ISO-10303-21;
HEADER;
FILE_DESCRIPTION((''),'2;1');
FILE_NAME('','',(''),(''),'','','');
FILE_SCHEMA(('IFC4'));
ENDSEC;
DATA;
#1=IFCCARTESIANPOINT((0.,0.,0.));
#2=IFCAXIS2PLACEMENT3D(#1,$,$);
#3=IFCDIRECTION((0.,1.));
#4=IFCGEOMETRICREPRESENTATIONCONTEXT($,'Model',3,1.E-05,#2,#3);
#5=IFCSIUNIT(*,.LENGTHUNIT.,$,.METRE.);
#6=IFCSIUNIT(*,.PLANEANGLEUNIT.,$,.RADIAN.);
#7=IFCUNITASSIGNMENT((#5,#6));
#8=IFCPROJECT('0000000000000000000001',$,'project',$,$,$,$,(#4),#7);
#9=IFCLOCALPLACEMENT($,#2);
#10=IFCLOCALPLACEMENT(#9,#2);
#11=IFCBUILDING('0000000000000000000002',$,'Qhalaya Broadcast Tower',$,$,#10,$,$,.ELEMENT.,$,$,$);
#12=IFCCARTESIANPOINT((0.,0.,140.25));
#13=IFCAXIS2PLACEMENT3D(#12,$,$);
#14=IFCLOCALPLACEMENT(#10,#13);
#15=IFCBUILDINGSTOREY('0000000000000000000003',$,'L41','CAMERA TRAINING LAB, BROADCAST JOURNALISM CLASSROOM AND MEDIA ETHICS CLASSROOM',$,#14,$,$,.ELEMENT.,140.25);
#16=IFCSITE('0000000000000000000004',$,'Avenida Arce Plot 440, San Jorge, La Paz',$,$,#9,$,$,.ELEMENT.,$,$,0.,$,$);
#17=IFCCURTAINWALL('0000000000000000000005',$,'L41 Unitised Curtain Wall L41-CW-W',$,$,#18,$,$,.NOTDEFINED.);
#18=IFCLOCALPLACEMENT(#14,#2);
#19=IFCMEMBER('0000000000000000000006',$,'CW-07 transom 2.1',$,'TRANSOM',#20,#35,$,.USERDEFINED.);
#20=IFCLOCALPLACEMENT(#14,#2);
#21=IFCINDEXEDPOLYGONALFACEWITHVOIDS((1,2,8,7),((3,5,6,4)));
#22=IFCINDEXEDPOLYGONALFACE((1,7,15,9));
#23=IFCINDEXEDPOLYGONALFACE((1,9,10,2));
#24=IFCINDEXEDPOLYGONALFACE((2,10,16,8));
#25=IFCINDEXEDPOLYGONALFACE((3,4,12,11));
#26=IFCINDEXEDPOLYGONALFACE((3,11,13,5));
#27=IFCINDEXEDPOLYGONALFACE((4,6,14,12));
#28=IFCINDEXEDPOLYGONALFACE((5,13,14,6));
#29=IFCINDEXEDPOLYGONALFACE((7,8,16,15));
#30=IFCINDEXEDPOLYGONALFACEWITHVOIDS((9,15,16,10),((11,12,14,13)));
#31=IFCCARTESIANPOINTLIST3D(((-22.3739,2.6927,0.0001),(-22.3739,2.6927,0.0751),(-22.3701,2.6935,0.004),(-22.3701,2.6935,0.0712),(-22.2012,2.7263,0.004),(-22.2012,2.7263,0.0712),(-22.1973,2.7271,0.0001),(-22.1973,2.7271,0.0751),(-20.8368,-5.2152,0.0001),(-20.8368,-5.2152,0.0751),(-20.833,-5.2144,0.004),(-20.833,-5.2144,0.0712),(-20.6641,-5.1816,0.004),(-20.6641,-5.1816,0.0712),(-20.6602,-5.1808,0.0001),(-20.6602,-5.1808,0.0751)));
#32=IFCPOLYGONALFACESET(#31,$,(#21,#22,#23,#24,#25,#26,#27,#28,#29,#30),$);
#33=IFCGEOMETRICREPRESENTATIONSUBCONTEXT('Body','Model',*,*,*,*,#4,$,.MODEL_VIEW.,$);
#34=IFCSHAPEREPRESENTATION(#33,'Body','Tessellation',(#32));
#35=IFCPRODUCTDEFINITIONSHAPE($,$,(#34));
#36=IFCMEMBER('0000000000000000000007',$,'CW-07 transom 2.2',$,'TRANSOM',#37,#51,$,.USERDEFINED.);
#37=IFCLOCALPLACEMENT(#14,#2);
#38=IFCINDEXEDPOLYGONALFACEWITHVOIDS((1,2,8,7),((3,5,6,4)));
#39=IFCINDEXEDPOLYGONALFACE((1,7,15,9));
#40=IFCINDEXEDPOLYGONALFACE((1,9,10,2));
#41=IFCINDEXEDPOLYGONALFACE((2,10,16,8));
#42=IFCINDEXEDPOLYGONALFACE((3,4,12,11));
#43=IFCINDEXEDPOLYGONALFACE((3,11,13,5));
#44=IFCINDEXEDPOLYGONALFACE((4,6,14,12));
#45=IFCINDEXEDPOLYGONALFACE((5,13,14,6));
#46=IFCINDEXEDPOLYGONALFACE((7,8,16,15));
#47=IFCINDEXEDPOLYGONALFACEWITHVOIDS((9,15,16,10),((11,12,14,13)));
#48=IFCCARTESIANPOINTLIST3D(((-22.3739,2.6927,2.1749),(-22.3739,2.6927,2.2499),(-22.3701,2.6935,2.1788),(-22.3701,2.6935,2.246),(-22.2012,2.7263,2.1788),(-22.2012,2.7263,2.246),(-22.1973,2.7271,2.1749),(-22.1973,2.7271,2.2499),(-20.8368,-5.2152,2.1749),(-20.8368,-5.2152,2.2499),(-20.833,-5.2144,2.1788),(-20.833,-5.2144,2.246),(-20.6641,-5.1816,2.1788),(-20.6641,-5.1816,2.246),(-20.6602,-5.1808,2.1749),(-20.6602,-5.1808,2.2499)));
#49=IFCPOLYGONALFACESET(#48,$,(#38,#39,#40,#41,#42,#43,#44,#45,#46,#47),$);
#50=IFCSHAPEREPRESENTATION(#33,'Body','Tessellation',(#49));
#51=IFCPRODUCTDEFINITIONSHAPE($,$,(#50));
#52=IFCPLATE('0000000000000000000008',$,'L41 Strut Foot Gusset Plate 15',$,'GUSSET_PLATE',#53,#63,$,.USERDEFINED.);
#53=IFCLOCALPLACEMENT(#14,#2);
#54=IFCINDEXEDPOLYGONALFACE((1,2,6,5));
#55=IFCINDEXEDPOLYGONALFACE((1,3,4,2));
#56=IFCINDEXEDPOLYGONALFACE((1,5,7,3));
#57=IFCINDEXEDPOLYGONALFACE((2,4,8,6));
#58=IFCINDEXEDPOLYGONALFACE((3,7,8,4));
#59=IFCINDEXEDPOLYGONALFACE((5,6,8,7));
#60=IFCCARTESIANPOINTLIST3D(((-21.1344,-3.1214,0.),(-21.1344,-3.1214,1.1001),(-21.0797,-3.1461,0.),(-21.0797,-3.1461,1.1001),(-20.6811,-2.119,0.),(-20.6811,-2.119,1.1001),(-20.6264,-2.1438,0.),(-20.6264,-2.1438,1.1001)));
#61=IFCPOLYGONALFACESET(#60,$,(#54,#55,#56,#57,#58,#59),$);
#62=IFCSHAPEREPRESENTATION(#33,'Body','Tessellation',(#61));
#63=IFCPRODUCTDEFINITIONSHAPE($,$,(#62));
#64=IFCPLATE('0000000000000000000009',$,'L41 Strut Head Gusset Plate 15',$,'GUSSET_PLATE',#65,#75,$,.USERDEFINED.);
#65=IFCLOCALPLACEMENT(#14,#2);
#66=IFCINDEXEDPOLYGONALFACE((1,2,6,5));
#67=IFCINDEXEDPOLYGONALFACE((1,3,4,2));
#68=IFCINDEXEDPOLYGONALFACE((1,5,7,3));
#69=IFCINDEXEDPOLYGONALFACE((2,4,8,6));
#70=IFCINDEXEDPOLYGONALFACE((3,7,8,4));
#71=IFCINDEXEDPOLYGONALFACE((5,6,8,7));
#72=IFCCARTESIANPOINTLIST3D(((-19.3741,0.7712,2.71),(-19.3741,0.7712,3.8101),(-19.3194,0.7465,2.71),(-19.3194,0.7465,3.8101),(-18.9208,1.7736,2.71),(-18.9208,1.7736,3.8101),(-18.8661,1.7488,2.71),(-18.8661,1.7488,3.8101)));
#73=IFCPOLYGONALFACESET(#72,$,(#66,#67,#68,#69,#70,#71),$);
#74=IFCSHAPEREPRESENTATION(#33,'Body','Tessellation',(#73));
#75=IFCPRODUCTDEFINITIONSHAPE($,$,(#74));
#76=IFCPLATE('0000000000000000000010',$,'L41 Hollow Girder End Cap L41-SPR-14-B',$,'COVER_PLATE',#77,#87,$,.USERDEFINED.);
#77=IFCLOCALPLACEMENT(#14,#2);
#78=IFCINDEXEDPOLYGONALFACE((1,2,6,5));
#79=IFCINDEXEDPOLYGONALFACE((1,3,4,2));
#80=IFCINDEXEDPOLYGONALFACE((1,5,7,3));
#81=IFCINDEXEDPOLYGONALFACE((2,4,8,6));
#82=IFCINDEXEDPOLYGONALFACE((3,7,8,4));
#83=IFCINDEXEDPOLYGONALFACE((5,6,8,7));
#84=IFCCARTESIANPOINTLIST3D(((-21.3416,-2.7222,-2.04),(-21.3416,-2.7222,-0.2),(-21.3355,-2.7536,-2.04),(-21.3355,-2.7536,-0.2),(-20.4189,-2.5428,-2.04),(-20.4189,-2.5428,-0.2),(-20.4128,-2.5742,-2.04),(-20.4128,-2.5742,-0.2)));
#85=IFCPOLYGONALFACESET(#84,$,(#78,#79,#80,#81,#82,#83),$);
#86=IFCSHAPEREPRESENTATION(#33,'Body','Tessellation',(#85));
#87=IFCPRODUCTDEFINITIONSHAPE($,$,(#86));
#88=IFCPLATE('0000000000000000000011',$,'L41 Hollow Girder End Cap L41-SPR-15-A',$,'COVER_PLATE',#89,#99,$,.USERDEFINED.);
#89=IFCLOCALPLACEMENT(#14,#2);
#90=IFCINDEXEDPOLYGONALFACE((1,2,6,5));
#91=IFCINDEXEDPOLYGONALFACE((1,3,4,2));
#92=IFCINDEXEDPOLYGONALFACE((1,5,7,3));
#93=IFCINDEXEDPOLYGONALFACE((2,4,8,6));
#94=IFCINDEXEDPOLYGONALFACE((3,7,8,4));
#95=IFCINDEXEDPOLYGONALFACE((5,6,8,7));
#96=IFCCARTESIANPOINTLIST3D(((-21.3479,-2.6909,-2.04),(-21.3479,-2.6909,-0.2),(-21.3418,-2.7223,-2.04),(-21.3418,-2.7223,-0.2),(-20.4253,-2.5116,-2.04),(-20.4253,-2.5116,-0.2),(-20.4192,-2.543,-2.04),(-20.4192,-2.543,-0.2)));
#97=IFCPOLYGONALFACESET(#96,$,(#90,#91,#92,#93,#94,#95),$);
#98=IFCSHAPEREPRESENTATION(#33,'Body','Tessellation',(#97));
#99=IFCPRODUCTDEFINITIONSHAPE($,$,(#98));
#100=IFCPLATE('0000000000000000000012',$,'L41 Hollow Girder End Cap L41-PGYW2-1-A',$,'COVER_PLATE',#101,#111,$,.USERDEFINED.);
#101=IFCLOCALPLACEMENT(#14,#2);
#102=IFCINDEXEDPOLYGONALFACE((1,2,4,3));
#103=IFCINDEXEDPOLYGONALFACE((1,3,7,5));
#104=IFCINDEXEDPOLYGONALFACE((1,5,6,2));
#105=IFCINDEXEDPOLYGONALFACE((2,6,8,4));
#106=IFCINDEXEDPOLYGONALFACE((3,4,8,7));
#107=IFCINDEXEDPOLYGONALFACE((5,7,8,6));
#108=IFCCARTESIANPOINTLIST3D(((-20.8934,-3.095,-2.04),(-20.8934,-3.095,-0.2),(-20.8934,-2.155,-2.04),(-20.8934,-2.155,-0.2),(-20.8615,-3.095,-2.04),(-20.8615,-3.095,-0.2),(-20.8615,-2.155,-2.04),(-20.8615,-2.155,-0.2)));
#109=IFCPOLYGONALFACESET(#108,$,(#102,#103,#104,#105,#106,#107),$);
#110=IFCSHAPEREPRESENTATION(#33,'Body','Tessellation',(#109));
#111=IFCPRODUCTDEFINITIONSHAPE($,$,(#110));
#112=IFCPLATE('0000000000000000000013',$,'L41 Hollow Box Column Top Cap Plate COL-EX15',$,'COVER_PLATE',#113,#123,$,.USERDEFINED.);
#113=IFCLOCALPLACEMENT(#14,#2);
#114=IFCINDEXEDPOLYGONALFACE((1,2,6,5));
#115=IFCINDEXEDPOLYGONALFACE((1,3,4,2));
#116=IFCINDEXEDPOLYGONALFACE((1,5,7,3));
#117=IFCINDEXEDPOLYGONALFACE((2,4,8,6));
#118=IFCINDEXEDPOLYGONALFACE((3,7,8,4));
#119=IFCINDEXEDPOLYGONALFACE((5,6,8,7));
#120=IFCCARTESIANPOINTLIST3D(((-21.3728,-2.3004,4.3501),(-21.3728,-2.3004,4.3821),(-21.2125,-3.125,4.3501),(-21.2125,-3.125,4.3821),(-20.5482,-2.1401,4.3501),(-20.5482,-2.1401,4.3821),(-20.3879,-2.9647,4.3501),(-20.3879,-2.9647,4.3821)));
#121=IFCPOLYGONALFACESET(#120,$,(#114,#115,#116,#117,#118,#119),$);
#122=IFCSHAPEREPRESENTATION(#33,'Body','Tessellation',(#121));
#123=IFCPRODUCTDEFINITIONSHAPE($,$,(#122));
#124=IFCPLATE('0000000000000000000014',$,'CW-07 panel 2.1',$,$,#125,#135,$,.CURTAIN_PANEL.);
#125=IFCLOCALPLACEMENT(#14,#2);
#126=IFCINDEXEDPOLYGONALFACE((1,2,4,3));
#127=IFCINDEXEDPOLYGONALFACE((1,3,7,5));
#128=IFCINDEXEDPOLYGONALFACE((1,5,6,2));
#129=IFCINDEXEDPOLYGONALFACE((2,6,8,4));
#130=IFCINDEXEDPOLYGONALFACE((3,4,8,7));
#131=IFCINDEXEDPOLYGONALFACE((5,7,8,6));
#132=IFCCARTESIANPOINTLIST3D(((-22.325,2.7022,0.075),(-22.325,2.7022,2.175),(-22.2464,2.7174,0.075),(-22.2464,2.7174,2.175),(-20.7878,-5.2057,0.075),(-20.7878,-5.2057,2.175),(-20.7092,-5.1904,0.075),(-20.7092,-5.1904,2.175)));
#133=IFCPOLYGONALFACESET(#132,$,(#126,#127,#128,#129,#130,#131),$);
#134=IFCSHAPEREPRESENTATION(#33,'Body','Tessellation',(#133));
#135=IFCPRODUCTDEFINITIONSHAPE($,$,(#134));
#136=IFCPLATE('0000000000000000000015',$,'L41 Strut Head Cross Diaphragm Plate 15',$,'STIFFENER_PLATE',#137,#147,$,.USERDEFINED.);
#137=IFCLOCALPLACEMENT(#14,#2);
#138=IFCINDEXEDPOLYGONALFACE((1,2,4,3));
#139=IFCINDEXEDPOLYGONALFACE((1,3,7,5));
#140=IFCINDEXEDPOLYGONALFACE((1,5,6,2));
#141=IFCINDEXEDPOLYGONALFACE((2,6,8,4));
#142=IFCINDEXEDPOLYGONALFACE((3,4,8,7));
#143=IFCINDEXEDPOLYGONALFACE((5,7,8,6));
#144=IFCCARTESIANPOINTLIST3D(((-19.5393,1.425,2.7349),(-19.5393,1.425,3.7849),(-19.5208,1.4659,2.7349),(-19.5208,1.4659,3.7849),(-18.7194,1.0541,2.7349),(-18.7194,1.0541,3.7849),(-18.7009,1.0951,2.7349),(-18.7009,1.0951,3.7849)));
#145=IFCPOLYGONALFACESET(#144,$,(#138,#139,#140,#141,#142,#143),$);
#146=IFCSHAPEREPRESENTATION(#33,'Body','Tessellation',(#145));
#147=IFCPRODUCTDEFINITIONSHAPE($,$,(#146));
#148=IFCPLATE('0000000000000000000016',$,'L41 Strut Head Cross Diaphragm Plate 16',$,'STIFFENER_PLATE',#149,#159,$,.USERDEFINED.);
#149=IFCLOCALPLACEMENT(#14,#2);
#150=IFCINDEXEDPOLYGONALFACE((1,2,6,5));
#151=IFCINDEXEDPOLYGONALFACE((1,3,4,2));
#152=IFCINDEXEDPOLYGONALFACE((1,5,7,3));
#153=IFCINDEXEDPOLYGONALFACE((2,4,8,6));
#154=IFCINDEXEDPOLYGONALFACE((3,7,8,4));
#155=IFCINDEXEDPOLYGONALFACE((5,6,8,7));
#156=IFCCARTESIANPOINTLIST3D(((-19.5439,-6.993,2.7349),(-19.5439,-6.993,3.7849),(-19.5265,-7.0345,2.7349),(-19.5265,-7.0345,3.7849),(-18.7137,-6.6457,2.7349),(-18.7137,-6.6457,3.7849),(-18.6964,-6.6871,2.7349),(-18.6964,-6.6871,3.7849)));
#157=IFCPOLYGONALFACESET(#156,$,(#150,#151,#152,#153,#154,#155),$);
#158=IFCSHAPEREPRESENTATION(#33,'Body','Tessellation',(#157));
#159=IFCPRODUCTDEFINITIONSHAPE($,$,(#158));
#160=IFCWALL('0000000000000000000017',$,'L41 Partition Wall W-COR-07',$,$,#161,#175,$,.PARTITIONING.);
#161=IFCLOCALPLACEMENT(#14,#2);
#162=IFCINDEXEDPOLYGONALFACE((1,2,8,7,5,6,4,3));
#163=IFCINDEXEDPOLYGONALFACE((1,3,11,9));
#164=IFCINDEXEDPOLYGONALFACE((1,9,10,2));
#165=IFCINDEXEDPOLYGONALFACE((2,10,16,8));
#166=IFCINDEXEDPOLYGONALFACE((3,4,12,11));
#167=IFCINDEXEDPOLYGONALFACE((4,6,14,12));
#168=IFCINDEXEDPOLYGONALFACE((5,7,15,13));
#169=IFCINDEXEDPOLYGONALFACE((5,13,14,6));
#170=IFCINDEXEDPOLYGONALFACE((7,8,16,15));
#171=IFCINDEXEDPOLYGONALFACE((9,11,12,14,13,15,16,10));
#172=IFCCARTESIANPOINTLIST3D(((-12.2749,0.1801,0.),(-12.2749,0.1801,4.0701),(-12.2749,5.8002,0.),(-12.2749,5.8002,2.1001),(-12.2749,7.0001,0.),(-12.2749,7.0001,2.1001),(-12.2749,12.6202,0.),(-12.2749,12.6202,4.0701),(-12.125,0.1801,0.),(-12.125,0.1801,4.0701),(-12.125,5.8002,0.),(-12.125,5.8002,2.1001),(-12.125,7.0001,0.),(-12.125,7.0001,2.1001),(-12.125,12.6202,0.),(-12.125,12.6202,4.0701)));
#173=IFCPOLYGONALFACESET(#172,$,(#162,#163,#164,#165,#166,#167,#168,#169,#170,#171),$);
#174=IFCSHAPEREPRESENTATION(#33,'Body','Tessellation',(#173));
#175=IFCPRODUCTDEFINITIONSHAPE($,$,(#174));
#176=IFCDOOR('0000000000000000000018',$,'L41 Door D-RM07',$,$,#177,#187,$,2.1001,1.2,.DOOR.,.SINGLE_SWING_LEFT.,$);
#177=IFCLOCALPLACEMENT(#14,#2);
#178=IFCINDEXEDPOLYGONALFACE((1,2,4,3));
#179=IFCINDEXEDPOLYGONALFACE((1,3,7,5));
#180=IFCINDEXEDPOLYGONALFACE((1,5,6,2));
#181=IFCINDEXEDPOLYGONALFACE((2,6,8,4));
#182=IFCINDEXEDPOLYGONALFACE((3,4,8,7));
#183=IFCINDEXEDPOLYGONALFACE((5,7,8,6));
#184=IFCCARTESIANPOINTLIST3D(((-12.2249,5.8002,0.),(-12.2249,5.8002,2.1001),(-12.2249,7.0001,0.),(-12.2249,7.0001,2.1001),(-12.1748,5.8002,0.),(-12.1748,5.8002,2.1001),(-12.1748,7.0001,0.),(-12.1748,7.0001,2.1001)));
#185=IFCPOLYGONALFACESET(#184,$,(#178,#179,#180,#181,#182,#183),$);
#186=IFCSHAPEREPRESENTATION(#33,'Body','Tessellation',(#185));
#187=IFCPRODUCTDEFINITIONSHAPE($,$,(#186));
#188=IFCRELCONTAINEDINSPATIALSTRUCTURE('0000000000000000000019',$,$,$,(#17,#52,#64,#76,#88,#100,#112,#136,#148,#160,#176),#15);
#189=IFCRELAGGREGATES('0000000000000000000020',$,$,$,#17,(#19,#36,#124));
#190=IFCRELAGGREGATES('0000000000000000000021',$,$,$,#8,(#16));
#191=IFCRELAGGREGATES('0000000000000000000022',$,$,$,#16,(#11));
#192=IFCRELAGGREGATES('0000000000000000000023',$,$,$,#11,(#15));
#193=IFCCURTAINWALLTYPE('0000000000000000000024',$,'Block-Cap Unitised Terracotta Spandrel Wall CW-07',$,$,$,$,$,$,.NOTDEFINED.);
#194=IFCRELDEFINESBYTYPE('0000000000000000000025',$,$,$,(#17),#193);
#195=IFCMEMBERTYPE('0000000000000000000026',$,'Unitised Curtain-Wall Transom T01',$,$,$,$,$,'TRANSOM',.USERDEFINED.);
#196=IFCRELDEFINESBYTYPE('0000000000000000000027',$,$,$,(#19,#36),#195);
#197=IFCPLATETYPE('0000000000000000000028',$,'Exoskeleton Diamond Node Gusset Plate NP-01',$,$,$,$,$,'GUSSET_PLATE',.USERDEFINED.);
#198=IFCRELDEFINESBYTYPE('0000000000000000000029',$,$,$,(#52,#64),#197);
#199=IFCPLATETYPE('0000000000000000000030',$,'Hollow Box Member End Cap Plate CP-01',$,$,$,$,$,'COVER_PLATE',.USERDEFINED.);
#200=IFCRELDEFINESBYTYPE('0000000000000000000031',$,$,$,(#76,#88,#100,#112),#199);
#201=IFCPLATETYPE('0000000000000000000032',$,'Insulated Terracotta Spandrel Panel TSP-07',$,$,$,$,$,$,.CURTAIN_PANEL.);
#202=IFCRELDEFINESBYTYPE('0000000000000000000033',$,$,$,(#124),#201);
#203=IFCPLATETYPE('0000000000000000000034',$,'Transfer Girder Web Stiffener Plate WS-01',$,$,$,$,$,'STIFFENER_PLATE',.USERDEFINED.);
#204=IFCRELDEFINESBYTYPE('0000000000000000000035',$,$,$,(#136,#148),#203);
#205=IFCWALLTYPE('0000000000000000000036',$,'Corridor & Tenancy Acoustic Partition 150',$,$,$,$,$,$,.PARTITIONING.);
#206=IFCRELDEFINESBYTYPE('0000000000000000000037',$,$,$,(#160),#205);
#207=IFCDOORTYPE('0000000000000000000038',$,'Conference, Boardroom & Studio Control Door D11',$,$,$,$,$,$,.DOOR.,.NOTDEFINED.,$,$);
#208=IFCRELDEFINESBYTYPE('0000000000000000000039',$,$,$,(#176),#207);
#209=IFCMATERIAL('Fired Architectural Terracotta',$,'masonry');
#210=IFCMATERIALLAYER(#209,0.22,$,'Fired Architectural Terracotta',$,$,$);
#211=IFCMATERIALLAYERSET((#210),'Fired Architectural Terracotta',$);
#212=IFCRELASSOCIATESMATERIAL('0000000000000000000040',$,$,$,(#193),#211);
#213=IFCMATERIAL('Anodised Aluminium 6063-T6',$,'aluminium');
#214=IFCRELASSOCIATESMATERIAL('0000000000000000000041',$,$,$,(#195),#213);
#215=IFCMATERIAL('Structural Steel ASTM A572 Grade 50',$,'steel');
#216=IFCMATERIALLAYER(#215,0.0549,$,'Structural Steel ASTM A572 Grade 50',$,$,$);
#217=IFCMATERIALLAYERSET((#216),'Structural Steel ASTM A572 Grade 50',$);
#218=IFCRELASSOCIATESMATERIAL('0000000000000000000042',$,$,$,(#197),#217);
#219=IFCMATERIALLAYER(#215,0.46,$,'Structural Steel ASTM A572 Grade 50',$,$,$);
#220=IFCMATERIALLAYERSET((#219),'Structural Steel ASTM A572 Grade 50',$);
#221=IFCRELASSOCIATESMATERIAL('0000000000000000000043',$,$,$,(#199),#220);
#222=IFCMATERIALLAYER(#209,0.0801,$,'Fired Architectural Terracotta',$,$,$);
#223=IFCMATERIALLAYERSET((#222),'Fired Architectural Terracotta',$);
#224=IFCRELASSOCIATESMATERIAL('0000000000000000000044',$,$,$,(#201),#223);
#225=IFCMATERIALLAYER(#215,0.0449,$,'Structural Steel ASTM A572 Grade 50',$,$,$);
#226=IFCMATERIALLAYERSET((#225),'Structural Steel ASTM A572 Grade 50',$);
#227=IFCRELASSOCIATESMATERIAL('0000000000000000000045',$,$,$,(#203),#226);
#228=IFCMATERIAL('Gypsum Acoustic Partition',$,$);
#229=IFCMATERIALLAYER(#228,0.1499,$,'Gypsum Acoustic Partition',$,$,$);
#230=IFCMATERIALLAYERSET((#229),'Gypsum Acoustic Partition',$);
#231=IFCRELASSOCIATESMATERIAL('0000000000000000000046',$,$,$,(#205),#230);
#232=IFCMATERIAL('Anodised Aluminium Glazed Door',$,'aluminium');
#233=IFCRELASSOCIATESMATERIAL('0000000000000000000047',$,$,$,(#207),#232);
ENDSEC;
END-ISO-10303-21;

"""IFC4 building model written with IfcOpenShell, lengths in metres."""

from ifc_helpers import new_model, si_unit, direction, frame, frame_2d, origin, origin_2d, place, context, subcontext, project, spatial, rectangle, hollow_rectangle, extrude, material, layer, layer_set, material_profile, profile_set, type_object, element, fill, aggregate, save


model = new_model("IFC4")

# Units and contexts
model_context = context("Model", 3, precision=1e-05, world=origin(), true_north=direction((0.0, 1.0)))
body_context = subcontext(model_context, "Body", "Model", "MODEL_VIEW")
ifc_project = project(units=[si_unit("LENGTHUNIT", "METRE"), si_unit("PLANEANGLEUNIT", "RADIAN")], contexts=[model_context])

# Site, building, storey
site_placement = place(None, origin())
site = spatial("IfcSite", under=ifc_project, at=site_placement, Name="Avenida Arce Plot 440, San Jorge, La Paz", CompositionType="ELEMENT", RefElevation=0.0)
building_placement = place(site_placement, origin())
building = spatial("IfcBuilding", under=site, at=building_placement, Name="Qhalaya Broadcast Tower", CompositionType="ELEMENT")
storey_placement = place(building_placement, frame((0.0, 0.0, 140.25)))
storey = spatial("IfcBuildingStorey", under=building, at=storey_placement, Name="L41", Description="CAMERA TRAINING LAB, BROADCAST JOURNALISM CLASSROOM AND MEDIA ETHICS CLASSROOM", CompositionType="ELEMENT", Elevation=140.25)

# Shared definitions
ifc_material_1 = material(Name="Structural Steel ASTM A572 Grade 50", Category="steel")

# Curtain wall, members
ifc_material_2 = material(Name="Fired Architectural Terracotta", Category="masonry")
ifc_layer_1 = layer(ifc_material_2, 0.22, Name="Fired Architectural Terracotta")
ifc_layer_set_1 = layer_set([ifc_layer_1], Name="Fired Architectural Terracotta")
curtain_wall_type = type_object("IfcCurtainWallType", Name="Block-Cap Unitised Terracotta Spandrel Wall CW-07", PredefinedType="NOTDEFINED", material=ifc_layer_set_1)
curtain_wall_placement = place(storey_placement, origin())
curtain_wall = element("IfcCurtainWall", 1, at=curtain_wall_placement, inside=storey, type_object=curtain_wall_type, Name="L41 Unitised Curtain Wall L41-CW-W", PredefinedType="NOTDEFINED")
ifc_material_3 = material(Name="Anodised Aluminium 6063-T6", Category="aluminium")
ifc_material_profile_1 = material_profile(ifc_material_3, hollow_rectangle(XDim=0.075, YDim=0.1799, WallThickness=0.0039, at=origin_2d()), Name="ALU-TRN 75x180x4")
ifc_profile_set_1 = profile_set([ifc_material_profile_1], Name="Anodised Aluminium 6063-T6")
member_type_1 = type_object("IfcMemberType", Name="Unitised Curtain-Wall Transom T01", ElementType="TRANSOM", PredefinedType="USERDEFINED", material=ifc_profile_set_1)
member_1_placement = place(storey_placement, frame((-20.7485, -5.198, 0.0376), z_axis=(-0.190804, 0.981628, 0.0), x_axis=(0.0, 0.0, 1.0)))
member_1 = element("IfcMember", 2, at=member_1_placement, type_object=member_type_1, Name="CW-07 transom 2.1", ObjectType="TRANSOM", PredefinedType="USERDEFINED", context=body_context, shape_type="SweptSolid", body=[
    extrude(hollow_rectangle(XDim=0.075, YDim=0.1799, WallThickness=0.0039, at=origin_2d()), origin(), (0.0, 0.0, 1.0), 8.0559),
])
member_2_placement = place(storey_placement, frame((-20.7485, -5.198, 2.2124), z_axis=(-0.190804, 0.981628, 0.0), x_axis=(0.0, 0.0, 1.0)))
member_2 = element("IfcMember", 3, at=member_2_placement, type_object=member_type_1, Name="CW-07 transom 2.2", ObjectType="TRANSOM", PredefinedType="USERDEFINED", context=body_context, shape_type="SweptSolid", body=[
    extrude(hollow_rectangle(XDim=0.075, YDim=0.1799, WallThickness=0.0039, at=origin_2d()), origin(), (0.0, 0.0, 1.0), 8.0559),
])

# Plates
ifc_layer_2 = layer(ifc_material_1, 0.0549, Name="Structural Steel ASTM A572 Grade 50")
ifc_layer_set_2 = layer_set([ifc_layer_2], Name="Structural Steel ASTM A572 Grade 50")
plate_type_1 = type_object("IfcPlateType", Name="Exoskeleton Diamond Node Gusset Plate NP-01", ElementType="GUSSET_PLATE", PredefinedType="USERDEFINED", material=ifc_layer_set_2)
for number, where, z_axis, x_axis, name in (
    (4, (-20.8804, -2.6326, 0.0), (0.0, 0.0, 1.0), (0.412071, 0.911152, 0.0), "L41 Strut Foot Gusset Plate 15"),
    (5, (-19.1201, 1.26, 2.71), (0.0, 0.0, 1.0), (0.412071, 0.911152, 0.0), "L41 Strut Head Gusset Plate 15"),
):
    element("IfcPlate", number, at=place(storey_placement, frame(where, z_axis=z_axis, x_axis=x_axis)), inside=storey, type_object=plate_type_1, Name=name, ObjectType="GUSSET_PLATE", PredefinedType="USERDEFINED", context=body_context, shape_type="SweptSolid", body=[
        extrude(rectangle(XDim=1.1001, YDim=0.0601, at=origin_2d()), origin(), (0.0, 0.0, 1.0), 1.1001),
    ])
ifc_layer_3 = layer(ifc_material_1, 0.46, Name="Structural Steel ASTM A572 Grade 50")
ifc_layer_set_3 = layer_set([ifc_layer_3], Name="Structural Steel ASTM A572 Grade 50")
plate_type_2 = type_object("IfcPlateType", Name="Hollow Box Member End Cap Plate CP-01", ElementType="COVER_PLATE", PredefinedType="USERDEFINED", material=ifc_layer_set_3)
for number, where, z_axis, x_axis, name in (
    (6, (-20.8772, -2.6482, -2.04), (0.0, 0.0, 1.0), (0.981627, 0.190809, 0.0), "L41 Hollow Girder End Cap L41-SPR-14-B"),
    (7, (-20.8835, -2.6169, -2.04), (0.0, 0.0, 1.0), (0.981627, 0.190809, 0.0), "L41 Hollow Girder End Cap L41-SPR-15-A"),
    (8, (-20.8774, -2.625, -2.04), (0.0, 0.0, 1.0), (0.0, 1.0, 0.0), "L41 Hollow Girder End Cap L41-PGYW2-1-A"),
):
    element("IfcPlate", number, at=place(storey_placement, frame(where, z_axis=z_axis, x_axis=x_axis)), inside=storey, type_object=plate_type_2, Name=name, ObjectType="COVER_PLATE", PredefinedType="USERDEFINED", context=body_context, shape_type="SweptSolid", body=[
        extrude(rectangle(XDim=0.9399, YDim=0.032, at=origin_2d()), origin(), (0.0, 0.0, 1.0), 1.8401),
    ])
plate_1_placement = place(storey_placement, frame((-20.8804, -2.6326, 4.3501), z_axis=(0.0, 0.0, 1.0), x_axis=(-0.190809, 0.981627, 0.0)))
element("IfcPlate", 9, at=plate_1_placement, inside=storey, type_object=plate_type_2, Name="L41 Hollow Box Column Top Cap Plate COL-EX15", ObjectType="COVER_PLATE", PredefinedType="USERDEFINED", context=body_context, shape_type="SweptSolid", body=[
    extrude(rectangle(XDim=0.8401, YDim=0.8401, at=origin_2d()), origin(), (0.0, 0.0, 1.0), 0.032),
])

# Plate
ifc_layer_4 = layer(ifc_material_2, 0.0801, Name="Fired Architectural Terracotta")
ifc_layer_set_4 = layer_set([ifc_layer_4], Name="Fired Architectural Terracotta")
plate_type_3 = type_object("IfcPlateType", Name="Insulated Terracotta Spandrel Panel TSP-07", PredefinedType="CURTAIN_PANEL", material=ifc_layer_set_4)
plate_2_placement = place(storey_placement, frame((-21.5171, -1.2441, 0.075), z_axis=(0.0, 0.0, 1.0), x_axis=(-0.19081, 0.981627, 0.0)))
plate_2 = element("IfcPlate", 10, at=plate_2_placement, type_object=plate_type_3, Name="CW-07 panel 2.1", PredefinedType="CURTAIN_PANEL", context=body_context, shape_type="SweptSolid", body=[
    extrude(rectangle(XDim=8.0559, YDim=0.0801, at=origin_2d()), origin(), (0.0, 0.0, 1.0), 2.1001),
])
aggregate(curtain_wall, [member_1, member_2, plate_2])

# Plates
ifc_layer_5 = layer(ifc_material_1, 0.0449, Name="Structural Steel ASTM A572 Grade 50")
ifc_layer_set_5 = layer_set([ifc_layer_5], Name="Structural Steel ASTM A572 Grade 50")
plate_type_4 = type_object("IfcPlateType", Name="Transfer Girder Web Stiffener Plate WS-01", ElementType="STIFFENER_PLATE", PredefinedType="USERDEFINED", material=ifc_layer_set_5)
for number, where, z_axis, x_axis, name in (
    (11, (-19.1201, 1.26, 2.7349), (0.0, 0.0, 1.0), (-0.911152, 0.412071, 0.0), "L41 Strut Head Cross Diaphragm Plate 15"),
    (12, (-19.1201, -6.8401, 2.7349), (0.0, 0.0, 1.0), (0.922504, 0.385987, 0.0), "L41 Strut Head Cross Diaphragm Plate 16"),
):
    element("IfcPlate", number, at=place(storey_placement, frame(where, z_axis=z_axis, x_axis=x_axis)), inside=storey, type_object=plate_type_4, Name=name, ObjectType="STIFFENER_PLATE", PredefinedType="USERDEFINED", context=body_context, shape_type="SweptSolid", body=[
        extrude(rectangle(XDim=0.8999, YDim=0.0449, at=origin_2d()), origin(), (0.0, 0.0, 1.0), 1.05),
    ])

# Wall, opening, door
ifc_material_4 = material(Name="Gypsum Acoustic Partition")
ifc_layer_6 = layer(ifc_material_4, 0.1499, Name="Gypsum Acoustic Partition")
ifc_layer_set_6 = layer_set([ifc_layer_6], Name="Gypsum Acoustic Partition")
wall_type_1 = type_object("IfcWallType", Name="Corridor & Tenancy Acoustic Partition 150", PredefinedType="PARTITIONING", material=ifc_layer_set_6)
wall_1_placement = place(storey_placement, frame((-12.2, 0.1799, 0.0), z_axis=(0.0, 0.0, 1.0), x_axis=(0.0, 1.0, 0.0)))
wall_1 = element("IfcWall", 13, at=wall_1_placement, inside=storey, type_object=wall_type_1, Name="L41 Partition Wall W-COR-07", PredefinedType="PARTITIONING", context=body_context, shape_type="SweptSolid", body=[
    extrude(rectangle(XDim=12.4402, YDim=0.1499, at=frame_2d((6.2202, 0.0))), origin(), (0.0, 0.0, 1.0), 4.0701),
])
opening_placement = place(wall_1_placement, frame((5.6201, 0.0, 0.0)))
opening = element("IfcOpeningElement", 14, at=opening_placement, cuts=wall_1, PredefinedType="OPENING", context=body_context, shape_type="SweptSolid", body=[
    extrude(rectangle(XDim=1.2, YDim=2.1001, at=frame_2d((0.6001, 1.05))), frame((0.0, 0.0869, 0.0), z_axis=(0.0, -1.0, 0.0), x_axis=(1.0, 0.0, 0.0)), (0.0, 0.0, 1.0), 0.1738),
])
ifc_material_5 = material(Name="Anodised Aluminium Glazed Door", Category="aluminium")
door_type = type_object("IfcDoorType", Name="Conference, Boardroom & Studio Control Door D11", OperationType="NOTDEFINED", PredefinedType="DOOR", material=ifc_material_5)
door_placement = place(opening_placement, origin())
door = element("IfcDoor", 15, at=door_placement, inside=storey, type_object=door_type, Name="L41 Door D-RM07", OperationType="SINGLE_SWING_LEFT", OverallHeight=2.1001, OverallWidth=1.2, PredefinedType="DOOR", context=body_context, shape_type="SweptSolid", body=[
    extrude(rectangle(XDim=1.2, YDim=2.1001, at=frame_2d((0.6001, 1.05))), frame((0.0, 0.0249, 0.0), z_axis=(0.0, -1.0, 0.0), x_axis=(1.0, 0.0, 0.0)), (0.0, 0.0, 1.0), 0.05),
])
fill(opening, door)

save(model, "model.ifc")
